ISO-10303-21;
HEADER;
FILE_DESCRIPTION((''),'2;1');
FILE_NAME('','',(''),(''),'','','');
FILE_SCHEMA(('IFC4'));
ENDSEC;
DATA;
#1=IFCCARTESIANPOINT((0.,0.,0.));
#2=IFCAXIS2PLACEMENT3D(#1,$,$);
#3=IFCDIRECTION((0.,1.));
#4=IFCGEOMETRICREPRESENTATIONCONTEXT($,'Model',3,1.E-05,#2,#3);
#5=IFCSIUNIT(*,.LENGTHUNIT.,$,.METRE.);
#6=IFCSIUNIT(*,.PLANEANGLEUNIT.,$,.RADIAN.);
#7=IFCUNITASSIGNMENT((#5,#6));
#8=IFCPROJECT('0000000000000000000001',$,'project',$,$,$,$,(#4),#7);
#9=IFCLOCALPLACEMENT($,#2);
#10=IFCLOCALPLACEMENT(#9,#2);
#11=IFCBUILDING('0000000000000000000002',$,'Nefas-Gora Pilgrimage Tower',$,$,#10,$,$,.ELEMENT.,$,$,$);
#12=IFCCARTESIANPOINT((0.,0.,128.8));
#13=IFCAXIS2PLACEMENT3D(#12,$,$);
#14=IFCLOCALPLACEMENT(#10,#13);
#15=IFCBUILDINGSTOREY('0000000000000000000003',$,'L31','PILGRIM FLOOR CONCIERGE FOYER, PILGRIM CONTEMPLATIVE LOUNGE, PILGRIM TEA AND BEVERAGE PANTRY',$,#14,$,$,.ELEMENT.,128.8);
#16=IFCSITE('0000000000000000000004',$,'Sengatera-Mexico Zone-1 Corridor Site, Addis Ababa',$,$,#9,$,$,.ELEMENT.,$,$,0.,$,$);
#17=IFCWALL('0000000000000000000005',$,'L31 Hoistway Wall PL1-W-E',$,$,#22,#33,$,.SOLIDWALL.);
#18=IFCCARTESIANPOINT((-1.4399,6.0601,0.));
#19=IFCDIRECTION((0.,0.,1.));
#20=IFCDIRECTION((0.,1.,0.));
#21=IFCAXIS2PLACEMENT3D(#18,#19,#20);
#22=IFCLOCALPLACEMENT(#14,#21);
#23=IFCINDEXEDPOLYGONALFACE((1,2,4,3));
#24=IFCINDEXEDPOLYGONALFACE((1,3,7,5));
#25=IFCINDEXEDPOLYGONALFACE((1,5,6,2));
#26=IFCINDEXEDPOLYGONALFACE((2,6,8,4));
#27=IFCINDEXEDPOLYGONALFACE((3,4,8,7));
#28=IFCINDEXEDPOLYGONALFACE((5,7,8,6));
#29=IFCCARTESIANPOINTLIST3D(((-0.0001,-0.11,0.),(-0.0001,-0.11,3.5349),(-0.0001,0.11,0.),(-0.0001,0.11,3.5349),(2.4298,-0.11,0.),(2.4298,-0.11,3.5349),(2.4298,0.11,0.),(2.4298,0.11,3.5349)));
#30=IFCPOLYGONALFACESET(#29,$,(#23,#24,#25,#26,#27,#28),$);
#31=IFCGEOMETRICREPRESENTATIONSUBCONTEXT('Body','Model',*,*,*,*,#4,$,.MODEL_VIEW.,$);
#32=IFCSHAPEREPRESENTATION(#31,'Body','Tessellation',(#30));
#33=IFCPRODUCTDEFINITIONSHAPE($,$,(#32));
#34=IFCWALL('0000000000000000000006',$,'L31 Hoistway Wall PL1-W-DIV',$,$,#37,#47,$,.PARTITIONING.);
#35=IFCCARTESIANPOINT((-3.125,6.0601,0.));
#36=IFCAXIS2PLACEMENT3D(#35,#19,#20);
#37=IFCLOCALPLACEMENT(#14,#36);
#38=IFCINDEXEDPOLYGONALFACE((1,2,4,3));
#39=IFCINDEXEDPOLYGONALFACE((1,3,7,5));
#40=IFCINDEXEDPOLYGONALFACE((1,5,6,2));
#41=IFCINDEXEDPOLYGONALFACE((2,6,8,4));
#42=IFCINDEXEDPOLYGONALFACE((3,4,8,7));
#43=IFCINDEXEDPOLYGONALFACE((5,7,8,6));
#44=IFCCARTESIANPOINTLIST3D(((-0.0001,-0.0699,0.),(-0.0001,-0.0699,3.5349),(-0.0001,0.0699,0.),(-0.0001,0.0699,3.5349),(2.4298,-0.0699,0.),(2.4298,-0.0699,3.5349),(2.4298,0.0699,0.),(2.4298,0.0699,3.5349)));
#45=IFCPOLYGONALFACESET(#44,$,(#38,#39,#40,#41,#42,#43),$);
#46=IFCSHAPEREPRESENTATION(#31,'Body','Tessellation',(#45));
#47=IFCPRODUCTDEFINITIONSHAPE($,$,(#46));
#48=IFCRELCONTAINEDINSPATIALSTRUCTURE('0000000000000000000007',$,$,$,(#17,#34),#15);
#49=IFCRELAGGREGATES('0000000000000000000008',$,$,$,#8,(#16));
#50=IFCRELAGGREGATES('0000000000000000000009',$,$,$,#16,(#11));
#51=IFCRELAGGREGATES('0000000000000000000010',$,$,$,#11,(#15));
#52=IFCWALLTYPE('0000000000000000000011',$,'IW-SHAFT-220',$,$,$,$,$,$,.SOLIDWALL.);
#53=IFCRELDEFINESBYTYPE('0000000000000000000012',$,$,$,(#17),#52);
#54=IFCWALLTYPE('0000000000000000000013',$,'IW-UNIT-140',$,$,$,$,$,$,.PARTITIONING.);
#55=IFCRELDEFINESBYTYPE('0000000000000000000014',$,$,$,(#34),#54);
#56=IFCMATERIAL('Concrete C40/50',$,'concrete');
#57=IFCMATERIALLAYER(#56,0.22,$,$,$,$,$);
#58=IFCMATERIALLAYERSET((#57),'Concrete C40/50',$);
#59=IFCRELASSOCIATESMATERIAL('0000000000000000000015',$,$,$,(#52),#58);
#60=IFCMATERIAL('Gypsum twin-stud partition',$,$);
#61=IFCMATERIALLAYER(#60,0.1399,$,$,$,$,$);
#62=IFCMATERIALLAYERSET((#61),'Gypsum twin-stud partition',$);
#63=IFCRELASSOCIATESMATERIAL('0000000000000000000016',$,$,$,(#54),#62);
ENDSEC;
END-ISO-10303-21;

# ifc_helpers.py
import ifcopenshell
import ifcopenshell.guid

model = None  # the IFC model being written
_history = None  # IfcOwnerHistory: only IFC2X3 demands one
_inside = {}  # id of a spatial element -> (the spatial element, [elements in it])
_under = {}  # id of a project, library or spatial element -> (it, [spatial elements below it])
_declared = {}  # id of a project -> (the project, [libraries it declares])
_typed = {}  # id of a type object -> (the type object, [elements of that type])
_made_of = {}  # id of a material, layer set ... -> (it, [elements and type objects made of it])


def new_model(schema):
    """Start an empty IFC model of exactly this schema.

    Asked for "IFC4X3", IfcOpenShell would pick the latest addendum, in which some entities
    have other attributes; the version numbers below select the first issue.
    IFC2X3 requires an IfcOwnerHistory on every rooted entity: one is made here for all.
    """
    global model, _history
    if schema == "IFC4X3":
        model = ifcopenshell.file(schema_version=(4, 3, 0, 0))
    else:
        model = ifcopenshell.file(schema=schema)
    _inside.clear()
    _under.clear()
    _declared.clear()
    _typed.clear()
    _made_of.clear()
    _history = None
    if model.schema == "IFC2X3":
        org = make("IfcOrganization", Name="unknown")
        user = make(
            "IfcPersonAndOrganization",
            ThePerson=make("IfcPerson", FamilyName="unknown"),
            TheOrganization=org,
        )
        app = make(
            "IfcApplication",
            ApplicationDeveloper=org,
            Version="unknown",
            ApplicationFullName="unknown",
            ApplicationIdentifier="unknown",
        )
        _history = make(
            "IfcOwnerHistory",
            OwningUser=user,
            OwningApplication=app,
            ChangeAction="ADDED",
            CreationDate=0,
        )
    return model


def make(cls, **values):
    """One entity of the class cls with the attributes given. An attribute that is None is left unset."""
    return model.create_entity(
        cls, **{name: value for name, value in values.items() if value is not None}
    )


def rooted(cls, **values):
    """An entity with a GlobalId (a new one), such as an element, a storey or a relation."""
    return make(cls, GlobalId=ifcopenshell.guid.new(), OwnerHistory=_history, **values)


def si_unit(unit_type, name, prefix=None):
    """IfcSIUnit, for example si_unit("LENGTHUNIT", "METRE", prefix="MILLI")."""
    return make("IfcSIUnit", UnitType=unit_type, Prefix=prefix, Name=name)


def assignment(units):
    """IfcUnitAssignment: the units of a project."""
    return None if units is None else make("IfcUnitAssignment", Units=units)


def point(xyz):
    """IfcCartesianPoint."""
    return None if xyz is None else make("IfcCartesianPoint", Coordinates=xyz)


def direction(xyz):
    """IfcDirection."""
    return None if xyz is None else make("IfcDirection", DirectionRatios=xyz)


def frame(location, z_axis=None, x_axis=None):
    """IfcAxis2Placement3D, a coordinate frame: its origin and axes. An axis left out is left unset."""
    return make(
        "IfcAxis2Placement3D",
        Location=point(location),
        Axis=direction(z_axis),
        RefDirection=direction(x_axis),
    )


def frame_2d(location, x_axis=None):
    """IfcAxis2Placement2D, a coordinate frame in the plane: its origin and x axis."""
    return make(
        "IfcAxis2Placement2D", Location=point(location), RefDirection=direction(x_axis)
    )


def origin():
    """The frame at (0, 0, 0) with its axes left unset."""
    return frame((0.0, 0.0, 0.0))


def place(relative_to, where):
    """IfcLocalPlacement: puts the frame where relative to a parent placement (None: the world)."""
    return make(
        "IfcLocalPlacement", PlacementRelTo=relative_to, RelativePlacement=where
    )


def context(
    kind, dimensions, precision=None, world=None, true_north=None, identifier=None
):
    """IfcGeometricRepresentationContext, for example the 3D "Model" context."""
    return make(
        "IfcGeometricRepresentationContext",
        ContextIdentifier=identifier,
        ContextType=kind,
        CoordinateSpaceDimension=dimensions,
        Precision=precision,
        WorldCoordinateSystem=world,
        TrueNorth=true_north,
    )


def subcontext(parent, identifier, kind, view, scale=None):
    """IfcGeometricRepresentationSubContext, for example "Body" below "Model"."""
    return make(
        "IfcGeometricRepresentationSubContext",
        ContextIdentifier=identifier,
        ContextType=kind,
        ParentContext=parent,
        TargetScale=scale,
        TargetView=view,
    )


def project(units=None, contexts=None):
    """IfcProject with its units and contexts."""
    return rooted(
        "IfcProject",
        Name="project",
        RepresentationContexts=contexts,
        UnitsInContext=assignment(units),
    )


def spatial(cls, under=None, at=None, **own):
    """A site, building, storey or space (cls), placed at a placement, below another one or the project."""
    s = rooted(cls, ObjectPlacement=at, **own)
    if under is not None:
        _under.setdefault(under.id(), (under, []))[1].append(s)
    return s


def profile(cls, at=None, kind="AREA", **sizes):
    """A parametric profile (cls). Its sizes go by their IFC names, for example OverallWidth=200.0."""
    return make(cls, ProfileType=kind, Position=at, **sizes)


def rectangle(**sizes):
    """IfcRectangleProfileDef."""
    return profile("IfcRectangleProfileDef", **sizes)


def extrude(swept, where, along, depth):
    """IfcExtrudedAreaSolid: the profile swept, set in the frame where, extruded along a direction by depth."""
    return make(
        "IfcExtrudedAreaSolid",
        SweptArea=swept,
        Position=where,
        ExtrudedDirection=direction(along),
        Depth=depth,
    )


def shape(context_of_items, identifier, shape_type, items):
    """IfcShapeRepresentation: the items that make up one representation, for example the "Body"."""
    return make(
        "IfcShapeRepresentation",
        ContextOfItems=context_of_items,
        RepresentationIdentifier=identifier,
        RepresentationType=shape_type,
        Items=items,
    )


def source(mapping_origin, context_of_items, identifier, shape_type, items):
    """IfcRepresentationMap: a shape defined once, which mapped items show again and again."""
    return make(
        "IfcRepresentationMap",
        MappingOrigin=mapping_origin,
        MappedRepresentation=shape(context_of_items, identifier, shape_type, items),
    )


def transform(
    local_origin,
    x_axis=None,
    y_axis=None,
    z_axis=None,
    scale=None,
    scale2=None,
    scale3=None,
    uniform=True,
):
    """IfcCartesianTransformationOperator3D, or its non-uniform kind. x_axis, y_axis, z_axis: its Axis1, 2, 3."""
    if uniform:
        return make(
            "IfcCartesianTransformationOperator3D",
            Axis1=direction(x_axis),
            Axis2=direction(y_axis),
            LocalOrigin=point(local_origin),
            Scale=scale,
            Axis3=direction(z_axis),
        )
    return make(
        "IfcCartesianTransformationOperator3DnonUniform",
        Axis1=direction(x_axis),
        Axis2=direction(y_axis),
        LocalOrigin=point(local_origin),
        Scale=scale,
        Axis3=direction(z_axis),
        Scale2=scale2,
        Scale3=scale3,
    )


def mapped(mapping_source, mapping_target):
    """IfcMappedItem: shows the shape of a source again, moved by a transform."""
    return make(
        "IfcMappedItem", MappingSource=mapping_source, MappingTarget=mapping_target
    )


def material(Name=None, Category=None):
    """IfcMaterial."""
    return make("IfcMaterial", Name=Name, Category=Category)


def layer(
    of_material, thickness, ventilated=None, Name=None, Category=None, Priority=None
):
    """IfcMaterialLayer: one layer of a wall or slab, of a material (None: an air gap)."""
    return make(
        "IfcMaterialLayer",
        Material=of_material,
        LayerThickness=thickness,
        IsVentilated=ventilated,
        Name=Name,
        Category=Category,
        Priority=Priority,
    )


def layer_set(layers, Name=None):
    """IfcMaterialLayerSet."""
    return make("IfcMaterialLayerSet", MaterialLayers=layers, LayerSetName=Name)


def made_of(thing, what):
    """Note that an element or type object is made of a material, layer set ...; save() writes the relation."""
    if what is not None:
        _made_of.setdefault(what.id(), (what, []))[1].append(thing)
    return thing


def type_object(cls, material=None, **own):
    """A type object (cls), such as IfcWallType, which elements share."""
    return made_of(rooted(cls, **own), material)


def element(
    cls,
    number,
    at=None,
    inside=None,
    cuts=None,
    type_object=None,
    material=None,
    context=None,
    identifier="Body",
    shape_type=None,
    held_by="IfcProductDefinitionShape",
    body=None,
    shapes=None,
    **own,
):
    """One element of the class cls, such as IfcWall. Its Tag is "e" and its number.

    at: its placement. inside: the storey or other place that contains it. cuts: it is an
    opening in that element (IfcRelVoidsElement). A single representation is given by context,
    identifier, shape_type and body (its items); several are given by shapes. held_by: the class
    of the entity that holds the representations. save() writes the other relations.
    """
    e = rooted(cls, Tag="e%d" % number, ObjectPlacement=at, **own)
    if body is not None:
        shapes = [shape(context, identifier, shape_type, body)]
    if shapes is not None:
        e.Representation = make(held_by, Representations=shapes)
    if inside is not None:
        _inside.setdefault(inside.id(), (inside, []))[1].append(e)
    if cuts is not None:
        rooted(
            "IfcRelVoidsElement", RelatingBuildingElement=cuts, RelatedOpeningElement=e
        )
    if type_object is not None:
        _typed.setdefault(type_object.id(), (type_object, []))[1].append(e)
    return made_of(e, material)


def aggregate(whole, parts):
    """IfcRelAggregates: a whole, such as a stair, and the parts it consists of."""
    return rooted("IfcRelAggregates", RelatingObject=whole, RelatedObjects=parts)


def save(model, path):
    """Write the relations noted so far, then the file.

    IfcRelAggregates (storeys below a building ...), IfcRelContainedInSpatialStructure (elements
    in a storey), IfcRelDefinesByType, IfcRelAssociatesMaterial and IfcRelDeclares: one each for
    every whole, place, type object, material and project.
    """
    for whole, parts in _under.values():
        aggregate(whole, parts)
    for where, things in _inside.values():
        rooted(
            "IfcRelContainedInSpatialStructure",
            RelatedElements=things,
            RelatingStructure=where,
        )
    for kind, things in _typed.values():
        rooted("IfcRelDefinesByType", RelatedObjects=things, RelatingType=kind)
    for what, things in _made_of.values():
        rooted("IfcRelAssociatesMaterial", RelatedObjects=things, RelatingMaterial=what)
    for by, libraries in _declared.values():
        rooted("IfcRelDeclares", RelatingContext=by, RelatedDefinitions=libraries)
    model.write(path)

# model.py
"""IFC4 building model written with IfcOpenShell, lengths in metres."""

from ifc_helpers import new_model, si_unit, direction, frame, frame_2d, origin, place, context, subcontext, project, spatial, rectangle, extrude, source, transform, mapped, material, layer, layer_set, type_object, element, save


model = new_model("IFC4")

# Units and contexts
model_context = context("Model", 3, precision=1e-05, world=origin(), true_north=direction((0.0, 1.0)))
body_context = subcontext(model_context, "Body", "Model", "MODEL_VIEW")
ifc_project = project(units=[si_unit("LENGTHUNIT", "METRE"), si_unit("PLANEANGLEUNIT", "RADIAN")], contexts=[model_context])

# Site, building, storey
site_placement = place(None, origin())
site = spatial("IfcSite", under=ifc_project, at=site_placement, Name="Sengatera-Mexico Zone-1 Corridor Site, Addis Ababa", CompositionType="ELEMENT", RefElevation=0.0)
building_placement = place(site_placement, origin())
building = spatial("IfcBuilding", under=site, at=building_placement, Name="Nefas-Gora Pilgrimage Tower", CompositionType="ELEMENT")
storey_placement = place(building_placement, frame((0.0, 0.0, 128.8)))
storey = spatial("IfcBuildingStorey", under=building, at=storey_placement, Name="L31", Description="PILGRIM FLOOR CONCIERGE FOYER, PILGRIM CONTEMPLATIVE LOUNGE, PILGRIM TEA AND BEVERAGE PANTRY", CompositionType="ELEMENT", Elevation=128.8)

# Shared definitions
ifc_material_1 = material(Name="Concrete C40/50", Category="concrete")

# Walls
ifc_layer_1 = layer(ifc_material_1, 0.22)
ifc_layer_set_1 = layer_set([ifc_layer_1], Name="Concrete C40/50")
wall_type_1 = type_object("IfcWallType", Name="IW-SHAFT-220", PredefinedType="SOLIDWALL", material=ifc_layer_set_1)
shared_shape_1 = source(origin(), body_context, "Body", "SweptSolid", [
    extrude(rectangle(XDim=2.4299, YDim=0.22, at=frame_2d((1.2148, 0.0))), origin(), (0.0, 0.0, 1.0), 3.5349),
])
wall_1_placement = place(storey_placement, frame((-1.4399, 6.0601, 0.0), z_axis=(0.0, 0.0, 1.0), x_axis=(0.0, 1.0, 0.0)))
element("IfcWall", 1, at=wall_1_placement, inside=storey, type_object=wall_type_1, Name="L31 Hoistway Wall PL1-W-E", PredefinedType="SOLIDWALL", context=body_context, shape_type="MappedRepresentation", body=[
    mapped(shared_shape_1, transform((0.0, 0.0, 0.0), x_axis=(1.0, 0.0, 0.0), y_axis=(0.0, 1.0, 0.0), z_axis=(0.0, 0.0, 1.0), scale=1.0)),
])
ifc_material_2 = material(Name="Gypsum twin-stud partition")
ifc_layer_2 = layer(ifc_material_2, 0.1399)
ifc_layer_set_2 = layer_set([ifc_layer_2], Name="Gypsum twin-stud partition")
wall_type_2 = type_object("IfcWallType", Name="IW-UNIT-140", PredefinedType="PARTITIONING", material=ifc_layer_set_2)
shared_shape_2 = source(origin(), body_context, "Body", "SweptSolid", [
    extrude(rectangle(XDim=2.4299, YDim=0.1399, at=frame_2d((1.2148, 0.0))), origin(), (0.0, 0.0, 1.0), 3.5349),
])
wall_2_placement = place(storey_placement, frame((-3.125, 6.0601, 0.0), z_axis=(0.0, 0.0, 1.0), x_axis=(0.0, 1.0, 0.0)))
element("IfcWall", 2, at=wall_2_placement, inside=storey, type_object=wall_type_2, Name="L31 Hoistway Wall PL1-W-DIV", PredefinedType="PARTITIONING", context=body_context, shape_type="MappedRepresentation", body=[
    mapped(shared_shape_2, transform((0.0, 0.0, 0.0), x_axis=(1.0, 0.0, 0.0), y_axis=(0.0, 1.0, 0.0), z_axis=(0.0, 0.0, 1.0), scale=1.0)),
])

save(model, "model.ifc")
